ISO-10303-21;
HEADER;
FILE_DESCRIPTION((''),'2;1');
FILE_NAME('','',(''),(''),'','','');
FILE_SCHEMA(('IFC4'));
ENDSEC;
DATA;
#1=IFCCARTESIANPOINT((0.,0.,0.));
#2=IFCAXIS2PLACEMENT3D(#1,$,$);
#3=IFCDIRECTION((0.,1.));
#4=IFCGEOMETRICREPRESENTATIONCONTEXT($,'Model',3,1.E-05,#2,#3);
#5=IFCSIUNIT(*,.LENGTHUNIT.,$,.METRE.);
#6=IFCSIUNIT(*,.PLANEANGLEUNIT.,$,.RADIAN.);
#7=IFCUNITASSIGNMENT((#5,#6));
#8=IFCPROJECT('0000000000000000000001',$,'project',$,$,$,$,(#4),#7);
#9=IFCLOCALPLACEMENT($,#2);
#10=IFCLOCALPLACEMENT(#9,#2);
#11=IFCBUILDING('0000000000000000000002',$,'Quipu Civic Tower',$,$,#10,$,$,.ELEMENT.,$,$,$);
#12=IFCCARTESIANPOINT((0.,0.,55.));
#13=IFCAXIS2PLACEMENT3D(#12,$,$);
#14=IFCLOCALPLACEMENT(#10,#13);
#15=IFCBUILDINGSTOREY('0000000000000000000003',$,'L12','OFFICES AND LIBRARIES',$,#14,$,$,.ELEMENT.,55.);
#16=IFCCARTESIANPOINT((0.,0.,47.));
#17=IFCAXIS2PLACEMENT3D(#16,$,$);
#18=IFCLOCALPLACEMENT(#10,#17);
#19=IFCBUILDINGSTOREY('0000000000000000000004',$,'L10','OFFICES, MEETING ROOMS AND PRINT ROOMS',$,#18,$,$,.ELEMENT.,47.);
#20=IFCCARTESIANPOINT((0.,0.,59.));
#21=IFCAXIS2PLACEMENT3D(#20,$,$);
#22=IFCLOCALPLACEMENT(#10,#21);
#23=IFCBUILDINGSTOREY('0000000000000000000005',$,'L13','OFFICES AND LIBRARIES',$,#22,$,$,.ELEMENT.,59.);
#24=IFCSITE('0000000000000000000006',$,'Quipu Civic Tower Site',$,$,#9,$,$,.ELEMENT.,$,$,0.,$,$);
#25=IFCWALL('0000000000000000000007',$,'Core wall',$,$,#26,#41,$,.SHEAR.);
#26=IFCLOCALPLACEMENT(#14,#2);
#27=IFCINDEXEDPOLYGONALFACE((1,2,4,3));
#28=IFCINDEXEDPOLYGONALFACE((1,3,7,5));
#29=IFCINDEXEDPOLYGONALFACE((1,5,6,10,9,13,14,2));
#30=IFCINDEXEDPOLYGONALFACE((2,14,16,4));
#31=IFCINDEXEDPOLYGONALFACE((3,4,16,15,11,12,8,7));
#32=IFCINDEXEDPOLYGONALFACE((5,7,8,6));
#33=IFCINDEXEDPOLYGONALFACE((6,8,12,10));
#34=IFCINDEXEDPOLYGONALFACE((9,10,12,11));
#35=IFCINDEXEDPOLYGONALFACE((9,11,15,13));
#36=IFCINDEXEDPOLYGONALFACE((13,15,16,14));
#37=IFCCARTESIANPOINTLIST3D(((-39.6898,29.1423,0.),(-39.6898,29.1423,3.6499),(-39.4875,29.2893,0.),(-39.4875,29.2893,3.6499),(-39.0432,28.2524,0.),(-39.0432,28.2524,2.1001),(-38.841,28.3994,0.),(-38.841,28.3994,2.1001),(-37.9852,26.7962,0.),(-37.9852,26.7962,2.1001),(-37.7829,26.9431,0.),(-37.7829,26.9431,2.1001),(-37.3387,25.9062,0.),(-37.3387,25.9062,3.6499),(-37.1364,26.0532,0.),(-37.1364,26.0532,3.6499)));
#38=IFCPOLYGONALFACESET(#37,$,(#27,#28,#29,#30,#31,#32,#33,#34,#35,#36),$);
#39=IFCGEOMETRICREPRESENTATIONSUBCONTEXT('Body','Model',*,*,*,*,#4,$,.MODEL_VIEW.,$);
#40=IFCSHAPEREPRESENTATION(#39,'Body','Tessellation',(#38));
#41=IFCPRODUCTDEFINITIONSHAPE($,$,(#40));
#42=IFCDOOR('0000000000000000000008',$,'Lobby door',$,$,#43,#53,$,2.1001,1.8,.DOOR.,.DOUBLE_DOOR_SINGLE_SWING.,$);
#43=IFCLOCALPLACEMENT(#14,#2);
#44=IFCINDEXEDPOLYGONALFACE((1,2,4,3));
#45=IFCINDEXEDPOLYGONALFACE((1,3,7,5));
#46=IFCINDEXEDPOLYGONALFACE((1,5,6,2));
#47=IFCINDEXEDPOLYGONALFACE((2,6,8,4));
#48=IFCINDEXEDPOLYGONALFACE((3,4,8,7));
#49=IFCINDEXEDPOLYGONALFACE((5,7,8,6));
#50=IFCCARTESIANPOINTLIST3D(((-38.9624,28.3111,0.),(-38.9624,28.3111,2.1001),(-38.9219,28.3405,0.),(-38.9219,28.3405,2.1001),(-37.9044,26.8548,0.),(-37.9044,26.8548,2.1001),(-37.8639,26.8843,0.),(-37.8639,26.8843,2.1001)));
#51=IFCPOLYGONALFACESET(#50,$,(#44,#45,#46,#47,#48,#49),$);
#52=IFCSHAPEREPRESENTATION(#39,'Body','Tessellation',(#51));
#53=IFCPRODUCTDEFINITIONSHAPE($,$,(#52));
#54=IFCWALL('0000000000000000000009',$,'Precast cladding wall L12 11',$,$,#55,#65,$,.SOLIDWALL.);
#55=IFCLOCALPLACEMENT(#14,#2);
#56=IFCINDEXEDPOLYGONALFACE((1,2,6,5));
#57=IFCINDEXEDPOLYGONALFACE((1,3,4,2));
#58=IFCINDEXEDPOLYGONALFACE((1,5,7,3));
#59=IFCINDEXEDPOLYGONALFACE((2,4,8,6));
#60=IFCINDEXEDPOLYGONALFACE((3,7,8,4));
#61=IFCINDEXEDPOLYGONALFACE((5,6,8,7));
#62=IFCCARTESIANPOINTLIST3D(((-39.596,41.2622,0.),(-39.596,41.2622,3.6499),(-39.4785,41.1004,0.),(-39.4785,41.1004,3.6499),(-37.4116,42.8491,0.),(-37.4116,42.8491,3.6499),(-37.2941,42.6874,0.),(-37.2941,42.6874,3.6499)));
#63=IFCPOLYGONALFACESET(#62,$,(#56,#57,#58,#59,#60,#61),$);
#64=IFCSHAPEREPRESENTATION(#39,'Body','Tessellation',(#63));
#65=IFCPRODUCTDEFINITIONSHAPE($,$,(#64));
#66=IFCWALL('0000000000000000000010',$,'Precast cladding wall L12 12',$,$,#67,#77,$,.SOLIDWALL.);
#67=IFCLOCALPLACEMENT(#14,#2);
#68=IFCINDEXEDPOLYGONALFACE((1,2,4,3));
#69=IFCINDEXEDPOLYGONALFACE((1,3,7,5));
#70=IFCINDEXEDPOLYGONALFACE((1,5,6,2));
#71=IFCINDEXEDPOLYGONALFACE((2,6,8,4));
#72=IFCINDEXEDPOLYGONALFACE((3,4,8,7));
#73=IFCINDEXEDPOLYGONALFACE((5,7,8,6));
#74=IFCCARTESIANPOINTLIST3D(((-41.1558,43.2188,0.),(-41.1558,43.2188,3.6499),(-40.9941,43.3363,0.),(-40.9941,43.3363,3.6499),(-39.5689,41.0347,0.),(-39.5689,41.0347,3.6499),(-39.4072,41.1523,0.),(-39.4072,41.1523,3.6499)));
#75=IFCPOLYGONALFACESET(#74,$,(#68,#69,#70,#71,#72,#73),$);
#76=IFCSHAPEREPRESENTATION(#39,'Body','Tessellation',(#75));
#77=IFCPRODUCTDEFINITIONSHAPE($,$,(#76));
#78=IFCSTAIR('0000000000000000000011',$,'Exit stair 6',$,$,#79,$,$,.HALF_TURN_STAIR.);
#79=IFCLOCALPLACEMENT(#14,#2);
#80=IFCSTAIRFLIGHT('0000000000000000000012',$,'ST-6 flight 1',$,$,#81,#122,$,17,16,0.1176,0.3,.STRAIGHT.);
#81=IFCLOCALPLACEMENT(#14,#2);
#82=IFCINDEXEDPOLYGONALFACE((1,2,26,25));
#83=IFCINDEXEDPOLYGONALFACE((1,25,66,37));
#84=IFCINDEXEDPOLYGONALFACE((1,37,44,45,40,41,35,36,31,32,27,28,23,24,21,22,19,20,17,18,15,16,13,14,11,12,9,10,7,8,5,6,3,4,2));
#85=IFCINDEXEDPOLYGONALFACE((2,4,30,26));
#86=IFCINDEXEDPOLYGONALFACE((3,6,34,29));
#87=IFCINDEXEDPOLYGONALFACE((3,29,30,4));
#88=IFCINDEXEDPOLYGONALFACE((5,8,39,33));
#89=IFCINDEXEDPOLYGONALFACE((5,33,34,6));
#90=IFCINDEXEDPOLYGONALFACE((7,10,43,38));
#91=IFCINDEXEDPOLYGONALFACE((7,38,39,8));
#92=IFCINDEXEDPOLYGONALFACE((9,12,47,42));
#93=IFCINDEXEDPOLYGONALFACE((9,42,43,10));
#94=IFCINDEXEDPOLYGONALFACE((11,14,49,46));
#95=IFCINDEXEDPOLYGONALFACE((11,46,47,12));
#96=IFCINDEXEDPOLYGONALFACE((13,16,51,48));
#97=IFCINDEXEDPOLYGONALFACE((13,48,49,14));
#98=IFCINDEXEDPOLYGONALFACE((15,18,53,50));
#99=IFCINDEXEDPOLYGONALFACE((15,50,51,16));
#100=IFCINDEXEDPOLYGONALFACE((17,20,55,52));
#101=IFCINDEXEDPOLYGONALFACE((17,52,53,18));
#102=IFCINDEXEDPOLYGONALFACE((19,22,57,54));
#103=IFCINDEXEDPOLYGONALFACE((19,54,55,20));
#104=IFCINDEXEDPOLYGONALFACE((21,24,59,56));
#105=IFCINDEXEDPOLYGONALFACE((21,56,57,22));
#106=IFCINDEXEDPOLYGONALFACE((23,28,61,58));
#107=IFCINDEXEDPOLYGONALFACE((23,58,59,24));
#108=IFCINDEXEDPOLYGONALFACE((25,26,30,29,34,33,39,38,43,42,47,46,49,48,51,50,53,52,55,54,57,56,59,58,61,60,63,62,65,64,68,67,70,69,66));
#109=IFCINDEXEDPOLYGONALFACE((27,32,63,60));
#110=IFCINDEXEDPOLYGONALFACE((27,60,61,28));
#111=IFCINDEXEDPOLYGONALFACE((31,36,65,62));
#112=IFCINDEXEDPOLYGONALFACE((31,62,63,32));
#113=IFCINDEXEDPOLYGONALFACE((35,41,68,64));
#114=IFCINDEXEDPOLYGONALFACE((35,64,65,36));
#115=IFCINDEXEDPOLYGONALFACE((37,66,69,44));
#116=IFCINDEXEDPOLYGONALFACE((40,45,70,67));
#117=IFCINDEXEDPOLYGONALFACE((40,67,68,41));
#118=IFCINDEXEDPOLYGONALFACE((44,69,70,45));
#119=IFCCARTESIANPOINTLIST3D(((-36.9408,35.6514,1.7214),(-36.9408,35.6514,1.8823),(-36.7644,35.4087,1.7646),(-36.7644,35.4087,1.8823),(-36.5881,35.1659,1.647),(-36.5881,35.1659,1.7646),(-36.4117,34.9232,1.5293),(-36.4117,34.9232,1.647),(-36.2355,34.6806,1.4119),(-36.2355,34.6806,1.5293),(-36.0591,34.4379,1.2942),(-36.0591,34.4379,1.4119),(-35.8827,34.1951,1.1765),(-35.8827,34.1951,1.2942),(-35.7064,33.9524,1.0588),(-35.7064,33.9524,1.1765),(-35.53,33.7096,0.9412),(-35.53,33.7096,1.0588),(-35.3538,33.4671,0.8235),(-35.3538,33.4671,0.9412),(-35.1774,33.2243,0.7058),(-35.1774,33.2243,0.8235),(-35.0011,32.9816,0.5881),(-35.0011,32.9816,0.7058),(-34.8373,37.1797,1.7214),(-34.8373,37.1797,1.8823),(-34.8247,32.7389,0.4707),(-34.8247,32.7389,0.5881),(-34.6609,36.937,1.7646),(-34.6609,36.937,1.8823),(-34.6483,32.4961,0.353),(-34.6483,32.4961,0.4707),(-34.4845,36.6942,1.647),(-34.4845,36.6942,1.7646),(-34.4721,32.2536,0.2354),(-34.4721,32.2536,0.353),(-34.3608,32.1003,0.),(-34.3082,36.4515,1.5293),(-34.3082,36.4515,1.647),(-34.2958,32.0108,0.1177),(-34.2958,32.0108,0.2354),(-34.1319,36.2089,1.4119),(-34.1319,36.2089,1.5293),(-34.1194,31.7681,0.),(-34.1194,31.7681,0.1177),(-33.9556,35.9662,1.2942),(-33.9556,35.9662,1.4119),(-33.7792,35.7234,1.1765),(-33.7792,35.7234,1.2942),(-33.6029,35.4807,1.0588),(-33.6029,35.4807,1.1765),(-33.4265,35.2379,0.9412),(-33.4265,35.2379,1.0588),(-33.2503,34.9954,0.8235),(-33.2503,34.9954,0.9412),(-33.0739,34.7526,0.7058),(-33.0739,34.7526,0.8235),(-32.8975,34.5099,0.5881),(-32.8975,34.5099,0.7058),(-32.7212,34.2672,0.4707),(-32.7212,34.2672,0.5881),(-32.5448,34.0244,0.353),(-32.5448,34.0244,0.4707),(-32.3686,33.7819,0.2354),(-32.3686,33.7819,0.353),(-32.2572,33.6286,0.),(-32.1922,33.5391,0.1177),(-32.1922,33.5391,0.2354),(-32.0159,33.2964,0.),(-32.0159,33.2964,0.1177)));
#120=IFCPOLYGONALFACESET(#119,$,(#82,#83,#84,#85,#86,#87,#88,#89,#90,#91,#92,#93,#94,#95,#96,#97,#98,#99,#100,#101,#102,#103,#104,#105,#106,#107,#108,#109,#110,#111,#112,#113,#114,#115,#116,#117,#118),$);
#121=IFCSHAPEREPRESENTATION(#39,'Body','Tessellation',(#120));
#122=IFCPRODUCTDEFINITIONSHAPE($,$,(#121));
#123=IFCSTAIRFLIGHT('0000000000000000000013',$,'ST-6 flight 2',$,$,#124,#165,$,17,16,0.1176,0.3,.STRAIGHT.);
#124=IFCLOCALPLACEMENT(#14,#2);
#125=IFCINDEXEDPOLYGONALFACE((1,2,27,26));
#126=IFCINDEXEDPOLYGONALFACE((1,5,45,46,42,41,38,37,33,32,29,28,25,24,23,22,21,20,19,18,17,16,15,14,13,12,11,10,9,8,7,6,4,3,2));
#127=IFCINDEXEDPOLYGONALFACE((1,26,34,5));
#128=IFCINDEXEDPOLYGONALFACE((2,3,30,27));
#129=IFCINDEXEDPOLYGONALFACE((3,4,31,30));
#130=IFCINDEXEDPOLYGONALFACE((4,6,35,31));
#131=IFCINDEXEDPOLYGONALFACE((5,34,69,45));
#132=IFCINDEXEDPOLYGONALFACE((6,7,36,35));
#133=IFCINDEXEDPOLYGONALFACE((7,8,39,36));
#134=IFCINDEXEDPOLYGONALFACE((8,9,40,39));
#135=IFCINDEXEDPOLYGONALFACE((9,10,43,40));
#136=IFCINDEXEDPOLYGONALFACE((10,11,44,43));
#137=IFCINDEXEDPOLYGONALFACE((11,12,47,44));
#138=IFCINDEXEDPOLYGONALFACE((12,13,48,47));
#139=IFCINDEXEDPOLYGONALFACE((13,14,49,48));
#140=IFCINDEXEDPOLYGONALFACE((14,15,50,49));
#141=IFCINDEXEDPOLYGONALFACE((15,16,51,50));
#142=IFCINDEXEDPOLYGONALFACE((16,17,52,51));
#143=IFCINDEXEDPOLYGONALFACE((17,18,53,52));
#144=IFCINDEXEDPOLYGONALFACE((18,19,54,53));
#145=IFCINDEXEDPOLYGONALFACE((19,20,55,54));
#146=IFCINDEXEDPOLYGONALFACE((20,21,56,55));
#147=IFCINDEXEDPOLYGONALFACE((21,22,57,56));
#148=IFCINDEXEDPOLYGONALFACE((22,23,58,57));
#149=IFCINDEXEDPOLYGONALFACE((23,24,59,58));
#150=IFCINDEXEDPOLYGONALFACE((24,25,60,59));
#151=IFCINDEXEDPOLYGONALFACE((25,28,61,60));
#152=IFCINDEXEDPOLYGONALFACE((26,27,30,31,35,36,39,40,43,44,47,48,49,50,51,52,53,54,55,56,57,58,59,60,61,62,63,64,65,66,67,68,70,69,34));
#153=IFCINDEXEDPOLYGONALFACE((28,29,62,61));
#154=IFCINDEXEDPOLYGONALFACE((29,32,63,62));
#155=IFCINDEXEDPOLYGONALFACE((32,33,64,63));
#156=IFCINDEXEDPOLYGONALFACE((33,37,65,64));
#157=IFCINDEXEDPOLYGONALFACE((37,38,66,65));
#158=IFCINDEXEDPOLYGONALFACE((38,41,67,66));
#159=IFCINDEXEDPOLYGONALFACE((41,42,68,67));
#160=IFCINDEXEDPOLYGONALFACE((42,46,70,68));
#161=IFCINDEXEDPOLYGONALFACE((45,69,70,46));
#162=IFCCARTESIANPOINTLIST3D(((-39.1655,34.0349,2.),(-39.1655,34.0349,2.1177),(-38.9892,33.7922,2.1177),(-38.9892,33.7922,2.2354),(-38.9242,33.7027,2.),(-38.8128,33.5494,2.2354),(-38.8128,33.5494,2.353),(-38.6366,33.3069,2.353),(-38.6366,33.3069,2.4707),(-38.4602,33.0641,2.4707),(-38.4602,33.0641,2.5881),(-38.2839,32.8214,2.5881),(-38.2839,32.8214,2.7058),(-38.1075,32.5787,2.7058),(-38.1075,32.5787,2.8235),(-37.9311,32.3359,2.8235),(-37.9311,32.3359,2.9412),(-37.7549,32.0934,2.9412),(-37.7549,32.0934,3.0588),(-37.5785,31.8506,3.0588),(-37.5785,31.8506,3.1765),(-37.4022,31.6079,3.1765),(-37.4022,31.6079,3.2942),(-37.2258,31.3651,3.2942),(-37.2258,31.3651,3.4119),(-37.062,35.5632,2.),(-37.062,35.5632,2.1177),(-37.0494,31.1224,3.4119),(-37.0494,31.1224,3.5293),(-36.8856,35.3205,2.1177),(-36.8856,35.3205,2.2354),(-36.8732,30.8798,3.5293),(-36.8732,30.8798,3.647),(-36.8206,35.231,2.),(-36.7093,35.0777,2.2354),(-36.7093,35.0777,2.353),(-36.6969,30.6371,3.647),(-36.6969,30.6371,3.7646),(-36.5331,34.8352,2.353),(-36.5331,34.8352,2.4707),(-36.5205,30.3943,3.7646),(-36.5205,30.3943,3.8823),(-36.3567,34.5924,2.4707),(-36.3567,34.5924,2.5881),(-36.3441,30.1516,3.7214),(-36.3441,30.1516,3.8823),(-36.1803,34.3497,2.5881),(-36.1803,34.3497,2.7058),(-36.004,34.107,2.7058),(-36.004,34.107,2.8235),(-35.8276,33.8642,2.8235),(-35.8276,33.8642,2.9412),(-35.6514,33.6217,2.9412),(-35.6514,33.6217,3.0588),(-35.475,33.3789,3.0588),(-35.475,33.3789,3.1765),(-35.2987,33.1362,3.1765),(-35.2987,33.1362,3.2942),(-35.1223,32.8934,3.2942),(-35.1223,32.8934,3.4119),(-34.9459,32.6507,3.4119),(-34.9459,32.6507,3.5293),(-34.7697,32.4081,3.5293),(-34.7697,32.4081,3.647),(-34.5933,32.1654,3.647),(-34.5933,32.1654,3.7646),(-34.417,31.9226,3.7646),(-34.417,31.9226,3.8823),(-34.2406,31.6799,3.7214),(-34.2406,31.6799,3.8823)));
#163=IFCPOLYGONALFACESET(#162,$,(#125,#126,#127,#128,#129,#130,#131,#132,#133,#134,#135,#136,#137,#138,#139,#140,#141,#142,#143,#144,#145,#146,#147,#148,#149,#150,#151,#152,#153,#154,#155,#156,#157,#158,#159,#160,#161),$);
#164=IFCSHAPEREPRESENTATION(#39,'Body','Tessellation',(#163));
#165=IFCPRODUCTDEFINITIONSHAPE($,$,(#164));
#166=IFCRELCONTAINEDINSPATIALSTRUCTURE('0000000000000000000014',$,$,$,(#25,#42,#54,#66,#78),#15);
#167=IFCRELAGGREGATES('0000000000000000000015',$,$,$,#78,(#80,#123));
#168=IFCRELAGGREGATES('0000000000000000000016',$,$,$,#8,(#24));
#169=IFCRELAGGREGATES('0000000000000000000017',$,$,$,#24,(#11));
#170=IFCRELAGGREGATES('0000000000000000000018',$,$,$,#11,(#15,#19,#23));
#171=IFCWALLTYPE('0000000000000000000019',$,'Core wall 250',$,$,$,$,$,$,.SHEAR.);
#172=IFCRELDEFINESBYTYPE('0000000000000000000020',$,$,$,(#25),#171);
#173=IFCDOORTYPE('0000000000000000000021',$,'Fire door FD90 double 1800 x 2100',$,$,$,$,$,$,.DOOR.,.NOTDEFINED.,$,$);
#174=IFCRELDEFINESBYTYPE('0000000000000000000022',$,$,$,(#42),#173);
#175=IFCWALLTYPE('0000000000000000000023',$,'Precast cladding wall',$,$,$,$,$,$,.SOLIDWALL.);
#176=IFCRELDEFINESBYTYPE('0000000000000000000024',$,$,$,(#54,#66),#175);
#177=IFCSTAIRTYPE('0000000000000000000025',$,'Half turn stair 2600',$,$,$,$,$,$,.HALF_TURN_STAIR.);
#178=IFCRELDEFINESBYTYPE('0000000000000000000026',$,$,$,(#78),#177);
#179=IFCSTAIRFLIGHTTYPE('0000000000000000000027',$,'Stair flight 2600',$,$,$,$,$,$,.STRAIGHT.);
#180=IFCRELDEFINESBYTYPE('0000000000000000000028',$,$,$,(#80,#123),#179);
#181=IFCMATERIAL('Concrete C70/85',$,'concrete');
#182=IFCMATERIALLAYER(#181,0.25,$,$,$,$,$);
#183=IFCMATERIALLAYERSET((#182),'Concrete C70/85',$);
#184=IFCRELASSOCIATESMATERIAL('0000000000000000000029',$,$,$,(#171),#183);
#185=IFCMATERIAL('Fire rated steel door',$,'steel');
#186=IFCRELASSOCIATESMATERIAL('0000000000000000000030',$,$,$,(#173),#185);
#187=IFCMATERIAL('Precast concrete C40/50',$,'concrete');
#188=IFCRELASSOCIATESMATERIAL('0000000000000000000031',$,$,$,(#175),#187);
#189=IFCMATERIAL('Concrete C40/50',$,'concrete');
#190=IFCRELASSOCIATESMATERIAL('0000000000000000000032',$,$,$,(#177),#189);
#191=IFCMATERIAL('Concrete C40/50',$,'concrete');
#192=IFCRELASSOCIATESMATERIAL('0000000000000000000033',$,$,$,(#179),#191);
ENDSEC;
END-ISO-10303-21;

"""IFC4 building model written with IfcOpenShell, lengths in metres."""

from ifc_helpers import new_model, si_unit, direction, frame, frame_2d, origin, place, context, subcontext, project, spatial, polyline, rectangle, outline, extrude, material, layer, layer_set, type_object, element, fill, aggregate, save


model = new_model("IFC4")

# Units and contexts
model_context = context("Model", 3, precision=1e-05, world=origin(), true_north=direction((0.0, 1.0)))
body_context = subcontext(model_context, "Body", "Model", "MODEL_VIEW")
ifc_project = project(units=[si_unit("LENGTHUNIT", "METRE"), si_unit("PLANEANGLEUNIT", "RADIAN")], contexts=[model_context])

# Site, building, storey
site_placement = place(None, origin())
site = spatial("IfcSite", under=ifc_project, at=site_placement, Name="Quipu Civic Tower Site", CompositionType="ELEMENT", RefElevation=0.0)
building_placement = place(site_placement, origin())
building = spatial("IfcBuilding", under=site, at=building_placement, Name="Quipu Civic Tower", CompositionType="ELEMENT")
storey_1_placement = place(building_placement, frame((0.0, 0.0, 55.0)))
storey_1 = spatial("IfcBuildingStorey", under=building, at=storey_1_placement, Name="L12", Description="OFFICES AND LIBRARIES", CompositionType="ELEMENT", Elevation=55.0)

# Shared definitions
storey_2_placement = place(building_placement, frame((0.0, 0.0, 47.0)))
storey_2 = spatial("IfcBuildingStorey", under=building, at=storey_2_placement, Name="L10", Description="OFFICES, MEETING ROOMS AND PRINT ROOMS", CompositionType="ELEMENT", Elevation=47.0)

# Shared definitions
storey_3_placement = place(building_placement, frame((0.0, 0.0, 59.0)))
storey_3 = spatial("IfcBuildingStorey", under=building, at=storey_3_placement, Name="L13", Description="OFFICES AND LIBRARIES", CompositionType="ELEMENT", Elevation=59.0)

# Shared definitions
ifc_material_1 = material(Name="Concrete C70/85", Category="concrete")
ifc_layer_1 = layer(ifc_material_1, 0.25)
ifc_layer_set_1 = layer_set([ifc_layer_1], Name="Concrete C70/85")
wall_type_1 = type_object("IfcWallType", Name="Core wall 250", PredefinedType="SHEAR", material=ifc_layer_set_1)

# Wall, opening, door
wall_1_placement = place(storey_1_placement, frame((-39.5886, 29.2158, 0.0), z_axis=(0.0, 0.0, 1.0), x_axis=(0.587772, -0.809026, 0.0)))
wall_1 = element("IfcWall", 1, at=wall_1_placement, inside=storey_1, type_object=wall_type_1, Name="Core wall", PredefinedType="SHEAR", context=body_context, shape_type="SweptSolid", body=[
    extrude(rectangle(XDim=4.0, YDim=0.25, at=frame_2d((2.0, 0.0))), origin(), (0.0, 0.0, 1.0), 3.6499),
])
opening_1_placement = place(wall_1_placement, frame((1.1001, 0.0, 0.0)))
opening_1 = element("IfcOpeningElement", 2, at=opening_1_placement, cuts=wall_1, PredefinedType="OPENING", context=body_context, shape_type="SweptSolid", body=[
    extrude(rectangle(XDim=1.8, YDim=2.1001, at=frame_2d((0.8999, 1.05))), frame((0.0, 0.135, 0.0), z_axis=(0.0, -1.0, 0.0), x_axis=(1.0, 0.0, 0.0)), (0.0, 0.0, 1.0), 0.27),
])
ifc_material_2 = material(Name="Fire rated steel door", Category="steel")
door_type = type_object("IfcDoorType", Name="Fire door FD90 double 1800 x 2100", OperationType="NOTDEFINED", PredefinedType="DOOR", material=ifc_material_2)
door_placement = place(opening_1_placement, origin())
door = element("IfcDoor", 3, at=door_placement, inside=storey_1, type_object=door_type, Name="Lobby door", OperationType="DOUBLE_DOOR_SINGLE_SWING", OverallHeight=2.1001, OverallWidth=1.8, PredefinedType="DOOR", context=body_context, shape_type="SweptSolid", body=[
    extrude(rectangle(XDim=1.8, YDim=2.1001, at=frame_2d((0.8999, 1.05))), frame((0.0, 0.0249, 0.0), z_axis=(0.0, -1.0, 0.0), x_axis=(1.0, 0.0, 0.0)), (0.0, 0.0, 1.0), 0.05),
])
fill(opening_1, door)

# Walls
ifc_material_3 = material(Name="Precast concrete C40/50", Category="concrete")
wall_type_2 = type_object("IfcWallType", Name="Precast cladding wall", PredefinedType="SOLIDWALL", material=ifc_material_3)
wall_2_placement = place(storey_1_placement, frame((-37.3528, 42.7683, 0.0), z_axis=(0.0, 0.0, 1.0), x_axis=(-0.809033, -0.587763, 0.0)))
element("IfcWall", 4, at=wall_2_placement, inside=storey_1, type_object=wall_type_2, Name="Precast cladding wall L12 11", PredefinedType="SOLIDWALL", context=body_context, shape_type="SweptSolid", body=[
    extrude(rectangle(XDim=2.7, YDim=0.2, at=frame_2d((1.3501, 0.0))), origin(), (0.0, 0.0, 1.0), 3.6499),
])
wall_3_placement = place(storey_1_placement, frame((-39.488, 41.0935, 0.0), z_axis=(0.0, 0.0, 1.0), x_axis=(-0.587806, 0.809002, 0.0)))
element("IfcWall", 5, at=wall_3_placement, inside=storey_1, type_object=wall_type_2, Name="Precast cladding wall L12 12", PredefinedType="SOLIDWALL", context=body_context, shape_type="SweptSolid", body=[
    extrude(rectangle(XDim=2.6997, YDim=0.2, at=frame_2d((1.3499, 0.0))), origin(), (0.0, 0.0, 1.0), 3.6499),
])

# Stair, stair flights
ifc_material_4 = material(Name="Concrete C40/50", Category="concrete")
stair_type = type_object("IfcStairType", Name="Half turn stair 2600", PredefinedType="HALF_TURN_STAIR", material=ifc_material_4)
stair_placement = place(storey_1_placement, origin())
stair = element("IfcStair", 6, at=stair_placement, inside=storey_1, type_object=stair_type, Name="Exit stair 6", PredefinedType="HALF_TURN_STAIR")
ifc_material_5 = material(Name="Concrete C40/50", Category="concrete")
stair_flight_type = type_object("IfcStairFlightType", Name="Stair flight 2600", PredefinedType="STRAIGHT", material=ifc_material_5)
stair_flight_1_placement = place(storey_1_placement, frame((-33.0676, 32.5322, 0.0), z_axis=(0.0, 0.0, 1.0), x_axis=(-0.587785, 0.809017, 0.0)))
stair_flight_1 = element("IfcStairFlight", 7, at=stair_flight_1_placement, type_object=stair_flight_type, Name="ST-6 flight 1", NumberOfRisers=17, NumberOfTreads=16, PredefinedType="STRAIGHT", RiserHeight=0.1176, TreadLength=0.3, context=body_context, shape_type="SweptSolid", body=[
    extrude(outline(polyline([(0.0, 0.0), (0.0, 0.1177), (0.3, 0.1177), (0.3, 0.2354), (0.6001, 0.2354), (0.6001, 0.353), (0.8999, 0.353), (0.8999, 0.4707), (1.2, 0.4707), (1.2, 0.5881), (1.5, 0.5881), (1.5, 0.7058), (1.8, 0.7058), (1.8, 0.8235), (2.1001, 0.8235), (2.1001, 0.9412), (2.3999, 0.9412), (2.3999, 1.0588), (2.7, 1.0588), (2.7, 1.1765), (3.0, 1.1765), (3.0, 1.2942), (3.3, 1.2942), (3.3, 1.4119), (3.6001, 1.4119), (3.6001, 1.5293), (3.8999, 1.5293), (3.8999, 1.647), (4.2, 1.647), (4.2, 1.7646), (4.5, 1.7646), (4.5, 1.8823), (4.8, 1.8823), (4.8, 2.0), (4.8, 1.7214), (0.4106, 0.0), (0.0, 0.0)])), frame((0.0, 1.3, 0.0), z_axis=(0.0, -1.0, 0.0), x_axis=(1.0, 0.0, 0.0)), (0.0, 0.0, 1.0), 2.6001),
])
stair_flight_2_placement = place(storey_1_placement, frame((-38.1138, 34.7991, 2.0), z_axis=(0.0, 0.0, 1.0), x_axis=(0.587785, -0.809017, 0.0)))
stair_flight_2 = element("IfcStairFlight", 8, at=stair_flight_2_placement, type_object=stair_flight_type, Name="ST-6 flight 2", NumberOfRisers=17, NumberOfTreads=16, PredefinedType="STRAIGHT", RiserHeight=0.1176, TreadLength=0.3, context=body_context, shape_type="SweptSolid", body=[
    extrude(outline(polyline([(0.0, 0.0), (0.0, 0.1177), (0.3, 0.1177), (0.3, 0.2354), (0.6001, 0.2354), (0.6001, 0.353), (0.8999, 0.353), (0.8999, 0.4707), (1.2, 0.4707), (1.2, 0.5881), (1.5, 0.5881), (1.5, 0.7058), (1.8, 0.7058), (1.8, 0.8235), (2.1001, 0.8235), (2.1001, 0.9412), (2.3999, 0.9412), (2.3999, 1.0588), (2.7, 1.0588), (2.7, 1.1765), (3.0, 1.1765), (3.0, 1.2942), (3.3, 1.2942), (3.3, 1.4119), (3.6001, 1.4119), (3.6001, 1.5293), (3.8999, 1.5293), (3.8999, 1.647), (4.2, 1.647), (4.2, 1.7646), (4.5, 1.7646), (4.5, 1.8823), (4.8, 1.8823), (4.8, 2.0), (4.8, 1.7214), (0.4106, 0.0), (0.0, 0.0)])), frame((0.0, 1.3, 0.0), z_axis=(0.0, -1.0, 0.0), x_axis=(1.0, 0.0, 0.0)), (0.0, 0.0, 1.0), 2.6001),
])
aggregate(stair, [stair_flight_1, stair_flight_2])

save(model, "model.ifc")
